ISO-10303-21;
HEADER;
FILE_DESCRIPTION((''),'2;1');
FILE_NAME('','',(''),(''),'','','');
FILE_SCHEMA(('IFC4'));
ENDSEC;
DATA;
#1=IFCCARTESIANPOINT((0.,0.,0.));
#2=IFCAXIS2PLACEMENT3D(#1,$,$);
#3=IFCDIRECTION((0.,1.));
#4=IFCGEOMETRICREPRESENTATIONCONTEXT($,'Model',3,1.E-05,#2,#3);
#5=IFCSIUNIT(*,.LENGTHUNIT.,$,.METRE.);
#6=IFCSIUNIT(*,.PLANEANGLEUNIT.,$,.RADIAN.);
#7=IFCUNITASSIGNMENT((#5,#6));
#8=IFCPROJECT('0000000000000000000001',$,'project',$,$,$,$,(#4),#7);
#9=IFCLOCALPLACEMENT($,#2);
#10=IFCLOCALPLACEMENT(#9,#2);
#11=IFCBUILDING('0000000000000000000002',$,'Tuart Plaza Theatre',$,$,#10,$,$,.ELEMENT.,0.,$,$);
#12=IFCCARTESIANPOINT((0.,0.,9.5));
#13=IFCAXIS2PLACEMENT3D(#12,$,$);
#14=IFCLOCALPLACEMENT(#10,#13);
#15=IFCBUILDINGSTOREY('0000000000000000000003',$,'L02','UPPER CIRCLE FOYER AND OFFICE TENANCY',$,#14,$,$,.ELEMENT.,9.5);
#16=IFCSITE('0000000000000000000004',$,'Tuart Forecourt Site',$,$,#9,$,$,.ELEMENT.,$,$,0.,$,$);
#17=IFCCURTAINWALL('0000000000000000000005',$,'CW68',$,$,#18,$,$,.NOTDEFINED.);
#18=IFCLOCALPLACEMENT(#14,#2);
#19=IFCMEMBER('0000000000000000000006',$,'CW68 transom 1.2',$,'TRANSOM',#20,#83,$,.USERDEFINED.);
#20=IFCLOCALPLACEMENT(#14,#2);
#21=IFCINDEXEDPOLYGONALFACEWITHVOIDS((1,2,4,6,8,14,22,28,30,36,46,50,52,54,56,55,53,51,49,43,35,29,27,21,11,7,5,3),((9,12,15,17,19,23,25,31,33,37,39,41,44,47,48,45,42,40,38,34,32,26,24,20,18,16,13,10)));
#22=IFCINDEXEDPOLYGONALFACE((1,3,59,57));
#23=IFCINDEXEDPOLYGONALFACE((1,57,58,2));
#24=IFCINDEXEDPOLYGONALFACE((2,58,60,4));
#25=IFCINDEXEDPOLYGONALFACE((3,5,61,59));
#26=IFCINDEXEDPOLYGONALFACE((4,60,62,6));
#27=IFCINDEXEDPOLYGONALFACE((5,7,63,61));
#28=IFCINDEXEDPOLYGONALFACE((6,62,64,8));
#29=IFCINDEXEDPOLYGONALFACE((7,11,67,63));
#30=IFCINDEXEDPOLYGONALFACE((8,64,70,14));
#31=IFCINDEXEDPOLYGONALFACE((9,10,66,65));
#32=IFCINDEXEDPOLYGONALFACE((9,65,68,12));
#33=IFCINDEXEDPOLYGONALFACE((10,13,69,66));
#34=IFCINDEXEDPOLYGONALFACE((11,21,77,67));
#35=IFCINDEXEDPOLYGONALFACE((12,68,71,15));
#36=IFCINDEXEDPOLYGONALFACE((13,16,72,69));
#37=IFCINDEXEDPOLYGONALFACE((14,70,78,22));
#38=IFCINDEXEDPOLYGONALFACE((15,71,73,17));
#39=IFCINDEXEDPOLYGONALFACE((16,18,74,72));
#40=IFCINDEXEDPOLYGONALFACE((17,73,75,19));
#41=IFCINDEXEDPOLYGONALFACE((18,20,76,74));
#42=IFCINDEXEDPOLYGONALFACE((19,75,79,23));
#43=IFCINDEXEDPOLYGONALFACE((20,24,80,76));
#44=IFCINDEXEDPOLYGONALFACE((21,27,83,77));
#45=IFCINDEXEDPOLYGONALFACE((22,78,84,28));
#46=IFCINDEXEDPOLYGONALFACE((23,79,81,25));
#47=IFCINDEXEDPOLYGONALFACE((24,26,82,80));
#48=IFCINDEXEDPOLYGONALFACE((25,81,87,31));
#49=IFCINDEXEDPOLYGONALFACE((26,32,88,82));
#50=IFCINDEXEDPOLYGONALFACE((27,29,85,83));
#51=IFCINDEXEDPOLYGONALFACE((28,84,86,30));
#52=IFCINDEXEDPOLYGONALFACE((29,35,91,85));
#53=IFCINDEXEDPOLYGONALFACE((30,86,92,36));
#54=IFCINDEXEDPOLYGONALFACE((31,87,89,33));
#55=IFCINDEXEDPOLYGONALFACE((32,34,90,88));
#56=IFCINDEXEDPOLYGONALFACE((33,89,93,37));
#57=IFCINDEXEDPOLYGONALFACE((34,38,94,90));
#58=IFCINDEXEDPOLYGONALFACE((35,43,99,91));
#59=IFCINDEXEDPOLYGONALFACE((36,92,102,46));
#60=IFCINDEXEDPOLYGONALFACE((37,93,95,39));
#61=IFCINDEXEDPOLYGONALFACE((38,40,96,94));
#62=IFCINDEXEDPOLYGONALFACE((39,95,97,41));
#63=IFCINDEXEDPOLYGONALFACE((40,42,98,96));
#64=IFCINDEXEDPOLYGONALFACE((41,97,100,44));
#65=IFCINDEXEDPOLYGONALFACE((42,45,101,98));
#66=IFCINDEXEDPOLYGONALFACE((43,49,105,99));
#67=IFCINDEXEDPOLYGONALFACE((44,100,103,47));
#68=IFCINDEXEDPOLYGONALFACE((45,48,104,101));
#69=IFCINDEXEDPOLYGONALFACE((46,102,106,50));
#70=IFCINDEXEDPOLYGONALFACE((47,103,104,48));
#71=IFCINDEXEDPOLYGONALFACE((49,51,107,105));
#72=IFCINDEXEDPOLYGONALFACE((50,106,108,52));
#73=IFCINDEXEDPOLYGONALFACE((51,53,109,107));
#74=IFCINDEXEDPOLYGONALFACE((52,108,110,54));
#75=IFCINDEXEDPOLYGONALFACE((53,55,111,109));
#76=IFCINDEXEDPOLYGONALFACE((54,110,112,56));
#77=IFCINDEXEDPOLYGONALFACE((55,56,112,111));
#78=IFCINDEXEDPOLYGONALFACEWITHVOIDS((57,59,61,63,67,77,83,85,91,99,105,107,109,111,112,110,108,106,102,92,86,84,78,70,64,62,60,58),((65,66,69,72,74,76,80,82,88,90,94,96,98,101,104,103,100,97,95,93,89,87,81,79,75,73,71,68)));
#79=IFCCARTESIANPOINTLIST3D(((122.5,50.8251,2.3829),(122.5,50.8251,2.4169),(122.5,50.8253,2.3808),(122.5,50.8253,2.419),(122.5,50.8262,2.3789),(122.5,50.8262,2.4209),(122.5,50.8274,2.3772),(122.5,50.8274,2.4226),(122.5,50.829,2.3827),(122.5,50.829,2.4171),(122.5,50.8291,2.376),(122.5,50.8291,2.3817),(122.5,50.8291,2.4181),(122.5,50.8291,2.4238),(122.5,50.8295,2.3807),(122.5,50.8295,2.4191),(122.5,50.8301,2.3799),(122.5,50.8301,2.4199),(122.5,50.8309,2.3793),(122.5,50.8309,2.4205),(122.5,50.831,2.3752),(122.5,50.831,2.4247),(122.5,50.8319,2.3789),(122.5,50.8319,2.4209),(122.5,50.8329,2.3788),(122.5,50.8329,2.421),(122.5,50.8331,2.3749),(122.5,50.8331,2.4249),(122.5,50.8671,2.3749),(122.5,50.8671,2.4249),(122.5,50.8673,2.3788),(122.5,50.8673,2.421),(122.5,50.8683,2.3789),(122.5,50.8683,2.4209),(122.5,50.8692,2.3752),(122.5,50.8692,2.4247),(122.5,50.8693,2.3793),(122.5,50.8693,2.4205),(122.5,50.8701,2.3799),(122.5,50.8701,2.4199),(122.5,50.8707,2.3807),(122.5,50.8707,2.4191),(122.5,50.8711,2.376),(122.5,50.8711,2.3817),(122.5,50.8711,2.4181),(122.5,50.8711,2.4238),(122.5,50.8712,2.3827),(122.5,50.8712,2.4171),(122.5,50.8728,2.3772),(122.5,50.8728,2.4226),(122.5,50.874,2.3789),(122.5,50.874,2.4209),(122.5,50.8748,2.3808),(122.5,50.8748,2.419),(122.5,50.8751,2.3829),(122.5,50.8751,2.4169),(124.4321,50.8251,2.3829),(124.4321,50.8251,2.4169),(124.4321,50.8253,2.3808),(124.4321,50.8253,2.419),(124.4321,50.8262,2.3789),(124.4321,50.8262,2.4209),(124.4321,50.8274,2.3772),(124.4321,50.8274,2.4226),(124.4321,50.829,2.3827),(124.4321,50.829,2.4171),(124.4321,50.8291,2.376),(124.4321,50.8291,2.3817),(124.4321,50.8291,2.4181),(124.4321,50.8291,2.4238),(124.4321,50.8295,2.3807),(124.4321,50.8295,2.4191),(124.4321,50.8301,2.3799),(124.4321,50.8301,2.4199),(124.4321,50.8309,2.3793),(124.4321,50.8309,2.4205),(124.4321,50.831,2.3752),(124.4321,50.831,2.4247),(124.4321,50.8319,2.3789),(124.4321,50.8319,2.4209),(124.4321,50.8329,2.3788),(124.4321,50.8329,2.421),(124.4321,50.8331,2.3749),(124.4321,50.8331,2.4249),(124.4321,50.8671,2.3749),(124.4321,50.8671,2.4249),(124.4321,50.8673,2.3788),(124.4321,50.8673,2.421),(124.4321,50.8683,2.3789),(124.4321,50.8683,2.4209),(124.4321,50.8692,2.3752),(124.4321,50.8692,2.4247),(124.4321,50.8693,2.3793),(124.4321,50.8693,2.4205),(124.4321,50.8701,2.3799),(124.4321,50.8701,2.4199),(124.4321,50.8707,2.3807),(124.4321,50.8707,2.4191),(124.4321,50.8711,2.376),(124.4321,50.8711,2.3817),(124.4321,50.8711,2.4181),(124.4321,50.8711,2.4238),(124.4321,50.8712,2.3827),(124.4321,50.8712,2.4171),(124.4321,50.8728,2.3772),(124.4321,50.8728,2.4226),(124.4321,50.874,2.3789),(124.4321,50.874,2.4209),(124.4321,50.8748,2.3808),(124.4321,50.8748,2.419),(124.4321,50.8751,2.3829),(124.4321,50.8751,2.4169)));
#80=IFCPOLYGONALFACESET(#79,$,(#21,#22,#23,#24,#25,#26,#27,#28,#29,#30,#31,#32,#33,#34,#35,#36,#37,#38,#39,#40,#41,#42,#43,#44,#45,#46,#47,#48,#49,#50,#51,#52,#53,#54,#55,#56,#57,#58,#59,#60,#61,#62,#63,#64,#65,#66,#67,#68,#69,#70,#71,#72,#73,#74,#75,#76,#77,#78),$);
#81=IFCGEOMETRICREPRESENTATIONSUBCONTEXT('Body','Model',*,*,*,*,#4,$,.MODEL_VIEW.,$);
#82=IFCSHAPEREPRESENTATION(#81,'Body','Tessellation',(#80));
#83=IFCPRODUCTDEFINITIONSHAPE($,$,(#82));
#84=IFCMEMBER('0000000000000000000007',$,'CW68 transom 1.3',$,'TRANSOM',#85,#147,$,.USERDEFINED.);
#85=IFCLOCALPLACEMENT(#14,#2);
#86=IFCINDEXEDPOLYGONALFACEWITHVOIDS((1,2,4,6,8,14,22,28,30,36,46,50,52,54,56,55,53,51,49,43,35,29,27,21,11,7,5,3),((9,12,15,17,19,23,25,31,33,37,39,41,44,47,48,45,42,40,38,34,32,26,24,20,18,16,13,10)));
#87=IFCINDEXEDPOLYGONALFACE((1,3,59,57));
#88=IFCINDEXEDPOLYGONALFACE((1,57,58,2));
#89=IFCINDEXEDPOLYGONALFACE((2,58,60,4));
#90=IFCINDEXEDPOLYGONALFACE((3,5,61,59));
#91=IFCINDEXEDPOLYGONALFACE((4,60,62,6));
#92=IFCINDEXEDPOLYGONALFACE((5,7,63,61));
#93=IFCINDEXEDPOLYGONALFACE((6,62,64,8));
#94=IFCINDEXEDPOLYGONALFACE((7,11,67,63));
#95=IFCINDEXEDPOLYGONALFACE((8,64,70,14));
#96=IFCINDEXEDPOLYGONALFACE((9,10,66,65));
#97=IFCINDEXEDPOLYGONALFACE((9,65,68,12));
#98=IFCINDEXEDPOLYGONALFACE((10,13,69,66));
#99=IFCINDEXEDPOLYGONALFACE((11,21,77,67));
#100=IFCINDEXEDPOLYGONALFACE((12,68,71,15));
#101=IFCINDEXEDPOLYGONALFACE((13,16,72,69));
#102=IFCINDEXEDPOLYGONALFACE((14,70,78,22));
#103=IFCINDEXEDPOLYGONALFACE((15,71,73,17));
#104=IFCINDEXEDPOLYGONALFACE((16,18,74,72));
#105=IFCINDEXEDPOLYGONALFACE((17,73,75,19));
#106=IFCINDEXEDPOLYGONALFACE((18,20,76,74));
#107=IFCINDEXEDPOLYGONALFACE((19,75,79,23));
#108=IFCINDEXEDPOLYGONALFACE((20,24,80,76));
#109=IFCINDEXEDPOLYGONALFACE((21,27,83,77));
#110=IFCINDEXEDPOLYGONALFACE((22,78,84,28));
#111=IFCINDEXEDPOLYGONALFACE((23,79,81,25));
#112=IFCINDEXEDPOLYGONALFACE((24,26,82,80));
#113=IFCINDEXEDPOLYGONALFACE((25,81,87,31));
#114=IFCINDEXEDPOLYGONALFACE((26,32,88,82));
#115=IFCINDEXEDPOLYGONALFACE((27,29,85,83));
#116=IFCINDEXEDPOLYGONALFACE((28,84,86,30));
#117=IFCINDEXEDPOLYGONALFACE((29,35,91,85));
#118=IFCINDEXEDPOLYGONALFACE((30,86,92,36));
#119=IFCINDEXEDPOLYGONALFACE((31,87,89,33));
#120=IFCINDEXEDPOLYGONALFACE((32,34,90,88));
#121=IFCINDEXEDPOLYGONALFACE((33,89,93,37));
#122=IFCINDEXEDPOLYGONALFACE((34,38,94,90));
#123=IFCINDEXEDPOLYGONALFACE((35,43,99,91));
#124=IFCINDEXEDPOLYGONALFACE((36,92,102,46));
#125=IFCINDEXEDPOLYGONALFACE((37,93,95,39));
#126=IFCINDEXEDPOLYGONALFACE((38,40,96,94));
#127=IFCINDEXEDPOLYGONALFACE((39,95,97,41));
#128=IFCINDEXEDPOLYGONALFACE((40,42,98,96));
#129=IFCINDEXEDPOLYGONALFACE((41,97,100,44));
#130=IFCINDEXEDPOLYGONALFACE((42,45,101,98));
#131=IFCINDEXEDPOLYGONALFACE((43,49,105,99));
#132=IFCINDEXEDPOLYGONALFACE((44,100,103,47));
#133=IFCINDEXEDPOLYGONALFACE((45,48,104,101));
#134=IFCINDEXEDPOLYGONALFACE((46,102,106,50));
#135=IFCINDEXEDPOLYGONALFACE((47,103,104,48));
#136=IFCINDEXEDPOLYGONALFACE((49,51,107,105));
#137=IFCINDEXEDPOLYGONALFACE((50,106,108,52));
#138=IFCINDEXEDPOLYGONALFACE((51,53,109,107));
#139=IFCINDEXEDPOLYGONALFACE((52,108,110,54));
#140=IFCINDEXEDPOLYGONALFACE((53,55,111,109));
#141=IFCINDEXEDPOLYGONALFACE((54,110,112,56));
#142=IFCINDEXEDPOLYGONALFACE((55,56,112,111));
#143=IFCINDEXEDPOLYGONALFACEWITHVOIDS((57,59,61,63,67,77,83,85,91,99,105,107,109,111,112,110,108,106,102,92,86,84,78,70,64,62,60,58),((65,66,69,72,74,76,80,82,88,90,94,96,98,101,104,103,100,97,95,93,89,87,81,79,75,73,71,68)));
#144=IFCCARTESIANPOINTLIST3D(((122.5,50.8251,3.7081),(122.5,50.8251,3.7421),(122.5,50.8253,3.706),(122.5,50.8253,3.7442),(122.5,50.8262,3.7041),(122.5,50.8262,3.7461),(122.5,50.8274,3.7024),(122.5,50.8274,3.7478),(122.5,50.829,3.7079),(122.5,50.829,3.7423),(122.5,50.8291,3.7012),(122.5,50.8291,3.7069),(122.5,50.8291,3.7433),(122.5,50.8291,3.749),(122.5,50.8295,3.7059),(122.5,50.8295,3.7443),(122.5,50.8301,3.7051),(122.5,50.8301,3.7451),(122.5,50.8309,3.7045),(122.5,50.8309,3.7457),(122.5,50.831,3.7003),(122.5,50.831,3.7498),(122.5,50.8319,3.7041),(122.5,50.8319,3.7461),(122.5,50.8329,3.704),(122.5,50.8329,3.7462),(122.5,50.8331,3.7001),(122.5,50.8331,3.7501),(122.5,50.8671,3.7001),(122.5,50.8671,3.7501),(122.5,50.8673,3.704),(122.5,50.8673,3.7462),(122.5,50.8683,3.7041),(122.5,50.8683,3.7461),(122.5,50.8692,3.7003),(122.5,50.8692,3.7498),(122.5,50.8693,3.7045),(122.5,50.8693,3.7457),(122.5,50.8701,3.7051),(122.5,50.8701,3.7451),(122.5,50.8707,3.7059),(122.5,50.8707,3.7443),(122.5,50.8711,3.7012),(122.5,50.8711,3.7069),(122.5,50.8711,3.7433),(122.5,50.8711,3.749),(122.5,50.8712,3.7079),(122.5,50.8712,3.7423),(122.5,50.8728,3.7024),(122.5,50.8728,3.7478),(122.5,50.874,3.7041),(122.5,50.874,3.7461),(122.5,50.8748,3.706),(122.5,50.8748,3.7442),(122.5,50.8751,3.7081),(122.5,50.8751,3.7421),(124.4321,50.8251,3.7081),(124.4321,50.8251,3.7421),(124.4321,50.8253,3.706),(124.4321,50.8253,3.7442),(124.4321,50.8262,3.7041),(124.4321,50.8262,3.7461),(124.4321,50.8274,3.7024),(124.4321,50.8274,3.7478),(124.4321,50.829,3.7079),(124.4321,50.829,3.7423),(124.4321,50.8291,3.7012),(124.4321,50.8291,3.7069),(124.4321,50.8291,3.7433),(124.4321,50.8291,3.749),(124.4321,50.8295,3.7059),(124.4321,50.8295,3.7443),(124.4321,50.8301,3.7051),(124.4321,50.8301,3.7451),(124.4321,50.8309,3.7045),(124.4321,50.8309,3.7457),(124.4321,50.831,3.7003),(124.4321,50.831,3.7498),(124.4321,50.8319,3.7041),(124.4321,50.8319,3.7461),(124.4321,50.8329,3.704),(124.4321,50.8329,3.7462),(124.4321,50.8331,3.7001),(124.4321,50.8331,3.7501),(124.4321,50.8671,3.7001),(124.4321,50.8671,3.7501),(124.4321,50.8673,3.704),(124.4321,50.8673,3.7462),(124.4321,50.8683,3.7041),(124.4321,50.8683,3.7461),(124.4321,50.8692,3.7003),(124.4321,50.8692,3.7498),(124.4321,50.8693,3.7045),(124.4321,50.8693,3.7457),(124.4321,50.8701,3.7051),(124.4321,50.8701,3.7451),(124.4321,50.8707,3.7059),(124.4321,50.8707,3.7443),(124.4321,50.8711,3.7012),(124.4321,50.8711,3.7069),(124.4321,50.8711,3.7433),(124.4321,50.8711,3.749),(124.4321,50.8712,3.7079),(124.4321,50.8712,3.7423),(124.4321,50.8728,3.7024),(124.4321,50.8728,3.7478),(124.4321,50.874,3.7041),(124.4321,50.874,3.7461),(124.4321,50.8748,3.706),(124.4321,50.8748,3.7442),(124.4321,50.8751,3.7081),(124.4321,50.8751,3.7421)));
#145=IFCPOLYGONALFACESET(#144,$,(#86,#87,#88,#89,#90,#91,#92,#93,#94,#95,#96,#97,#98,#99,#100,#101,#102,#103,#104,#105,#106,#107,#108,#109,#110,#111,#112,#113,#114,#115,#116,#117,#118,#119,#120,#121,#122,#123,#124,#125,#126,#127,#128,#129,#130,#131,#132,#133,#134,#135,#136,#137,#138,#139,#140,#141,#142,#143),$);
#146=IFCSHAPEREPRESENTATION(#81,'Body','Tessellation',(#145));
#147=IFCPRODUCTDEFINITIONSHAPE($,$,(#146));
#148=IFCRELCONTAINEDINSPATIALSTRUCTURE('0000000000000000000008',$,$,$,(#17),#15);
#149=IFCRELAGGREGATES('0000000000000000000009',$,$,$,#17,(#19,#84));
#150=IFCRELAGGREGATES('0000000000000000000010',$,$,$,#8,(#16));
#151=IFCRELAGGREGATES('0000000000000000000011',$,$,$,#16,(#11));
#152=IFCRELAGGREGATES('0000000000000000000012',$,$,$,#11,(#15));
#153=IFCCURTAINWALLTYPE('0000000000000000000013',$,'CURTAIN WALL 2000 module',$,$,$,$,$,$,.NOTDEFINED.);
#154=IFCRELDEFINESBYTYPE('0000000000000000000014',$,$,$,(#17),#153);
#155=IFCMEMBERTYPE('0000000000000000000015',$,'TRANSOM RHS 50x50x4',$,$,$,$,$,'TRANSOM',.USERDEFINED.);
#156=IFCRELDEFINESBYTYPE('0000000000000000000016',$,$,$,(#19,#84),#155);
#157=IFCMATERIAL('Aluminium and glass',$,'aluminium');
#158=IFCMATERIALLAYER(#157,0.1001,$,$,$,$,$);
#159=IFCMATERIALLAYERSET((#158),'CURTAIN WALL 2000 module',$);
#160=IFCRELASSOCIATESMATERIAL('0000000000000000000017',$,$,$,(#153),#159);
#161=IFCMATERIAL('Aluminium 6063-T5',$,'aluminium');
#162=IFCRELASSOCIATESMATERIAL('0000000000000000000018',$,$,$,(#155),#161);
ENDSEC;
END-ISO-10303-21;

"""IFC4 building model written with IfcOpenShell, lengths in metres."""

from ifc_helpers import new_model, si_unit, direction, frame, origin, origin_2d, place, context, subcontext, project, spatial, hollow_rectangle, extrude, material, layer, layer_set, material_profile, profile_set, type_object, element, aggregate, save


model = new_model("IFC4")

# Units and contexts
model_context = context("Model", 3, precision=1e-05, world=origin(), true_north=direction((0.0, 1.0)))
body_context = subcontext(model_context, "Body", "Model", "MODEL_VIEW")
ifc_project = project(units=[si_unit("LENGTHUNIT", "METRE"), si_unit("PLANEANGLEUNIT", "RADIAN")], contexts=[model_context])

# Site, building, storey
site_placement = place(None, origin())
site = spatial("IfcSite", under=ifc_project, at=site_placement, Name="Tuart Forecourt Site", CompositionType="ELEMENT", RefElevation=0.0)
building_placement = place(site_placement, origin())
building = spatial("IfcBuilding", under=site, at=building_placement, Name="Tuart Plaza Theatre", CompositionType="ELEMENT", ElevationOfRefHeight=0.0)
storey_placement = place(building_placement, frame((0.0, 0.0, 9.5)))
storey = spatial("IfcBuildingStorey", under=building, at=storey_placement, Name="L02", Description="UPPER CIRCLE FOYER AND OFFICE TENANCY", CompositionType="ELEMENT", Elevation=9.5)

# Shared definitions
ifc_material_1 = material(Name="Aluminium and glass", Category="aluminium")
ifc_layer_1 = layer(ifc_material_1, 0.1001)
ifc_layer_set_1 = layer_set([ifc_layer_1], Name="CURTAIN WALL 2000 module")
curtain_wall_type = type_object("IfcCurtainWallType", Name="CURTAIN WALL 2000 module", PredefinedType="NOTDEFINED", material=ifc_layer_set_1)

# Curtain wall
curtain_wall_1_placement = place(storey_placement, origin())
curtain_wall_1 = element("IfcCurtainWall", 1, at=curtain_wall_1_placement, inside=storey, type_object=curtain_wall_type, Name="CW68", PredefinedType="NOTDEFINED")

# Members
ifc_material_2 = material(Name="Aluminium 6063-T5", Category="aluminium")
ifc_material_profile_1 = material_profile(ifc_material_2, hollow_rectangle(XDim=0.05, YDim=0.05, WallThickness=0.0039, InnerFilletRadius=0.0039, OuterFilletRadius=0.0081, at=origin_2d()), Name="RHS 50x50x4")
ifc_profile_set_1 = profile_set([ifc_material_profile_1], Name="Aluminium 6063-T5")
member_type_1 = type_object("IfcMemberType", Name="TRANSOM RHS 50x50x4", ElementType="TRANSOM", PredefinedType="USERDEFINED", material=ifc_profile_set_1)
member_1_placement = place(storey_placement, frame((122.5, 50.8501, 2.3999), z_axis=(1.0, 0.0, 0.0), x_axis=(0.0, 1.0, 0.0)))
member_1 = element("IfcMember", 2, at=member_1_placement, type_object=member_type_1, Name="CW68 transom 1.2", ObjectType="TRANSOM", PredefinedType="USERDEFINED", context=body_context, shape_type="SweptSolid", body=[
    extrude(hollow_rectangle(XDim=0.05, YDim=0.05, WallThickness=0.0039, InnerFilletRadius=0.0039, OuterFilletRadius=0.0081, at=origin_2d()), origin(), (0.0, 0.0, 1.0), 1.9321),
])
member_2_placement = place(storey_placement, frame((122.5, 50.8501, 3.7251), z_axis=(1.0, 0.0, 0.0), x_axis=(0.0, 1.0, 0.0)))
member_2 = element("IfcMember", 3, at=member_2_placement, type_object=member_type_1, Name="CW68 transom 1.3", ObjectType="TRANSOM", PredefinedType="USERDEFINED", context=body_context, shape_type="SweptSolid", body=[
    extrude(hollow_rectangle(XDim=0.05, YDim=0.05, WallThickness=0.0039, InnerFilletRadius=0.0039, OuterFilletRadius=0.0081, at=origin_2d()), origin(), (0.0, 0.0, 1.0), 1.9321),
])

aggregate(curtain_wall_1, [member_1, member_2])

save(model, "model.ifc")
